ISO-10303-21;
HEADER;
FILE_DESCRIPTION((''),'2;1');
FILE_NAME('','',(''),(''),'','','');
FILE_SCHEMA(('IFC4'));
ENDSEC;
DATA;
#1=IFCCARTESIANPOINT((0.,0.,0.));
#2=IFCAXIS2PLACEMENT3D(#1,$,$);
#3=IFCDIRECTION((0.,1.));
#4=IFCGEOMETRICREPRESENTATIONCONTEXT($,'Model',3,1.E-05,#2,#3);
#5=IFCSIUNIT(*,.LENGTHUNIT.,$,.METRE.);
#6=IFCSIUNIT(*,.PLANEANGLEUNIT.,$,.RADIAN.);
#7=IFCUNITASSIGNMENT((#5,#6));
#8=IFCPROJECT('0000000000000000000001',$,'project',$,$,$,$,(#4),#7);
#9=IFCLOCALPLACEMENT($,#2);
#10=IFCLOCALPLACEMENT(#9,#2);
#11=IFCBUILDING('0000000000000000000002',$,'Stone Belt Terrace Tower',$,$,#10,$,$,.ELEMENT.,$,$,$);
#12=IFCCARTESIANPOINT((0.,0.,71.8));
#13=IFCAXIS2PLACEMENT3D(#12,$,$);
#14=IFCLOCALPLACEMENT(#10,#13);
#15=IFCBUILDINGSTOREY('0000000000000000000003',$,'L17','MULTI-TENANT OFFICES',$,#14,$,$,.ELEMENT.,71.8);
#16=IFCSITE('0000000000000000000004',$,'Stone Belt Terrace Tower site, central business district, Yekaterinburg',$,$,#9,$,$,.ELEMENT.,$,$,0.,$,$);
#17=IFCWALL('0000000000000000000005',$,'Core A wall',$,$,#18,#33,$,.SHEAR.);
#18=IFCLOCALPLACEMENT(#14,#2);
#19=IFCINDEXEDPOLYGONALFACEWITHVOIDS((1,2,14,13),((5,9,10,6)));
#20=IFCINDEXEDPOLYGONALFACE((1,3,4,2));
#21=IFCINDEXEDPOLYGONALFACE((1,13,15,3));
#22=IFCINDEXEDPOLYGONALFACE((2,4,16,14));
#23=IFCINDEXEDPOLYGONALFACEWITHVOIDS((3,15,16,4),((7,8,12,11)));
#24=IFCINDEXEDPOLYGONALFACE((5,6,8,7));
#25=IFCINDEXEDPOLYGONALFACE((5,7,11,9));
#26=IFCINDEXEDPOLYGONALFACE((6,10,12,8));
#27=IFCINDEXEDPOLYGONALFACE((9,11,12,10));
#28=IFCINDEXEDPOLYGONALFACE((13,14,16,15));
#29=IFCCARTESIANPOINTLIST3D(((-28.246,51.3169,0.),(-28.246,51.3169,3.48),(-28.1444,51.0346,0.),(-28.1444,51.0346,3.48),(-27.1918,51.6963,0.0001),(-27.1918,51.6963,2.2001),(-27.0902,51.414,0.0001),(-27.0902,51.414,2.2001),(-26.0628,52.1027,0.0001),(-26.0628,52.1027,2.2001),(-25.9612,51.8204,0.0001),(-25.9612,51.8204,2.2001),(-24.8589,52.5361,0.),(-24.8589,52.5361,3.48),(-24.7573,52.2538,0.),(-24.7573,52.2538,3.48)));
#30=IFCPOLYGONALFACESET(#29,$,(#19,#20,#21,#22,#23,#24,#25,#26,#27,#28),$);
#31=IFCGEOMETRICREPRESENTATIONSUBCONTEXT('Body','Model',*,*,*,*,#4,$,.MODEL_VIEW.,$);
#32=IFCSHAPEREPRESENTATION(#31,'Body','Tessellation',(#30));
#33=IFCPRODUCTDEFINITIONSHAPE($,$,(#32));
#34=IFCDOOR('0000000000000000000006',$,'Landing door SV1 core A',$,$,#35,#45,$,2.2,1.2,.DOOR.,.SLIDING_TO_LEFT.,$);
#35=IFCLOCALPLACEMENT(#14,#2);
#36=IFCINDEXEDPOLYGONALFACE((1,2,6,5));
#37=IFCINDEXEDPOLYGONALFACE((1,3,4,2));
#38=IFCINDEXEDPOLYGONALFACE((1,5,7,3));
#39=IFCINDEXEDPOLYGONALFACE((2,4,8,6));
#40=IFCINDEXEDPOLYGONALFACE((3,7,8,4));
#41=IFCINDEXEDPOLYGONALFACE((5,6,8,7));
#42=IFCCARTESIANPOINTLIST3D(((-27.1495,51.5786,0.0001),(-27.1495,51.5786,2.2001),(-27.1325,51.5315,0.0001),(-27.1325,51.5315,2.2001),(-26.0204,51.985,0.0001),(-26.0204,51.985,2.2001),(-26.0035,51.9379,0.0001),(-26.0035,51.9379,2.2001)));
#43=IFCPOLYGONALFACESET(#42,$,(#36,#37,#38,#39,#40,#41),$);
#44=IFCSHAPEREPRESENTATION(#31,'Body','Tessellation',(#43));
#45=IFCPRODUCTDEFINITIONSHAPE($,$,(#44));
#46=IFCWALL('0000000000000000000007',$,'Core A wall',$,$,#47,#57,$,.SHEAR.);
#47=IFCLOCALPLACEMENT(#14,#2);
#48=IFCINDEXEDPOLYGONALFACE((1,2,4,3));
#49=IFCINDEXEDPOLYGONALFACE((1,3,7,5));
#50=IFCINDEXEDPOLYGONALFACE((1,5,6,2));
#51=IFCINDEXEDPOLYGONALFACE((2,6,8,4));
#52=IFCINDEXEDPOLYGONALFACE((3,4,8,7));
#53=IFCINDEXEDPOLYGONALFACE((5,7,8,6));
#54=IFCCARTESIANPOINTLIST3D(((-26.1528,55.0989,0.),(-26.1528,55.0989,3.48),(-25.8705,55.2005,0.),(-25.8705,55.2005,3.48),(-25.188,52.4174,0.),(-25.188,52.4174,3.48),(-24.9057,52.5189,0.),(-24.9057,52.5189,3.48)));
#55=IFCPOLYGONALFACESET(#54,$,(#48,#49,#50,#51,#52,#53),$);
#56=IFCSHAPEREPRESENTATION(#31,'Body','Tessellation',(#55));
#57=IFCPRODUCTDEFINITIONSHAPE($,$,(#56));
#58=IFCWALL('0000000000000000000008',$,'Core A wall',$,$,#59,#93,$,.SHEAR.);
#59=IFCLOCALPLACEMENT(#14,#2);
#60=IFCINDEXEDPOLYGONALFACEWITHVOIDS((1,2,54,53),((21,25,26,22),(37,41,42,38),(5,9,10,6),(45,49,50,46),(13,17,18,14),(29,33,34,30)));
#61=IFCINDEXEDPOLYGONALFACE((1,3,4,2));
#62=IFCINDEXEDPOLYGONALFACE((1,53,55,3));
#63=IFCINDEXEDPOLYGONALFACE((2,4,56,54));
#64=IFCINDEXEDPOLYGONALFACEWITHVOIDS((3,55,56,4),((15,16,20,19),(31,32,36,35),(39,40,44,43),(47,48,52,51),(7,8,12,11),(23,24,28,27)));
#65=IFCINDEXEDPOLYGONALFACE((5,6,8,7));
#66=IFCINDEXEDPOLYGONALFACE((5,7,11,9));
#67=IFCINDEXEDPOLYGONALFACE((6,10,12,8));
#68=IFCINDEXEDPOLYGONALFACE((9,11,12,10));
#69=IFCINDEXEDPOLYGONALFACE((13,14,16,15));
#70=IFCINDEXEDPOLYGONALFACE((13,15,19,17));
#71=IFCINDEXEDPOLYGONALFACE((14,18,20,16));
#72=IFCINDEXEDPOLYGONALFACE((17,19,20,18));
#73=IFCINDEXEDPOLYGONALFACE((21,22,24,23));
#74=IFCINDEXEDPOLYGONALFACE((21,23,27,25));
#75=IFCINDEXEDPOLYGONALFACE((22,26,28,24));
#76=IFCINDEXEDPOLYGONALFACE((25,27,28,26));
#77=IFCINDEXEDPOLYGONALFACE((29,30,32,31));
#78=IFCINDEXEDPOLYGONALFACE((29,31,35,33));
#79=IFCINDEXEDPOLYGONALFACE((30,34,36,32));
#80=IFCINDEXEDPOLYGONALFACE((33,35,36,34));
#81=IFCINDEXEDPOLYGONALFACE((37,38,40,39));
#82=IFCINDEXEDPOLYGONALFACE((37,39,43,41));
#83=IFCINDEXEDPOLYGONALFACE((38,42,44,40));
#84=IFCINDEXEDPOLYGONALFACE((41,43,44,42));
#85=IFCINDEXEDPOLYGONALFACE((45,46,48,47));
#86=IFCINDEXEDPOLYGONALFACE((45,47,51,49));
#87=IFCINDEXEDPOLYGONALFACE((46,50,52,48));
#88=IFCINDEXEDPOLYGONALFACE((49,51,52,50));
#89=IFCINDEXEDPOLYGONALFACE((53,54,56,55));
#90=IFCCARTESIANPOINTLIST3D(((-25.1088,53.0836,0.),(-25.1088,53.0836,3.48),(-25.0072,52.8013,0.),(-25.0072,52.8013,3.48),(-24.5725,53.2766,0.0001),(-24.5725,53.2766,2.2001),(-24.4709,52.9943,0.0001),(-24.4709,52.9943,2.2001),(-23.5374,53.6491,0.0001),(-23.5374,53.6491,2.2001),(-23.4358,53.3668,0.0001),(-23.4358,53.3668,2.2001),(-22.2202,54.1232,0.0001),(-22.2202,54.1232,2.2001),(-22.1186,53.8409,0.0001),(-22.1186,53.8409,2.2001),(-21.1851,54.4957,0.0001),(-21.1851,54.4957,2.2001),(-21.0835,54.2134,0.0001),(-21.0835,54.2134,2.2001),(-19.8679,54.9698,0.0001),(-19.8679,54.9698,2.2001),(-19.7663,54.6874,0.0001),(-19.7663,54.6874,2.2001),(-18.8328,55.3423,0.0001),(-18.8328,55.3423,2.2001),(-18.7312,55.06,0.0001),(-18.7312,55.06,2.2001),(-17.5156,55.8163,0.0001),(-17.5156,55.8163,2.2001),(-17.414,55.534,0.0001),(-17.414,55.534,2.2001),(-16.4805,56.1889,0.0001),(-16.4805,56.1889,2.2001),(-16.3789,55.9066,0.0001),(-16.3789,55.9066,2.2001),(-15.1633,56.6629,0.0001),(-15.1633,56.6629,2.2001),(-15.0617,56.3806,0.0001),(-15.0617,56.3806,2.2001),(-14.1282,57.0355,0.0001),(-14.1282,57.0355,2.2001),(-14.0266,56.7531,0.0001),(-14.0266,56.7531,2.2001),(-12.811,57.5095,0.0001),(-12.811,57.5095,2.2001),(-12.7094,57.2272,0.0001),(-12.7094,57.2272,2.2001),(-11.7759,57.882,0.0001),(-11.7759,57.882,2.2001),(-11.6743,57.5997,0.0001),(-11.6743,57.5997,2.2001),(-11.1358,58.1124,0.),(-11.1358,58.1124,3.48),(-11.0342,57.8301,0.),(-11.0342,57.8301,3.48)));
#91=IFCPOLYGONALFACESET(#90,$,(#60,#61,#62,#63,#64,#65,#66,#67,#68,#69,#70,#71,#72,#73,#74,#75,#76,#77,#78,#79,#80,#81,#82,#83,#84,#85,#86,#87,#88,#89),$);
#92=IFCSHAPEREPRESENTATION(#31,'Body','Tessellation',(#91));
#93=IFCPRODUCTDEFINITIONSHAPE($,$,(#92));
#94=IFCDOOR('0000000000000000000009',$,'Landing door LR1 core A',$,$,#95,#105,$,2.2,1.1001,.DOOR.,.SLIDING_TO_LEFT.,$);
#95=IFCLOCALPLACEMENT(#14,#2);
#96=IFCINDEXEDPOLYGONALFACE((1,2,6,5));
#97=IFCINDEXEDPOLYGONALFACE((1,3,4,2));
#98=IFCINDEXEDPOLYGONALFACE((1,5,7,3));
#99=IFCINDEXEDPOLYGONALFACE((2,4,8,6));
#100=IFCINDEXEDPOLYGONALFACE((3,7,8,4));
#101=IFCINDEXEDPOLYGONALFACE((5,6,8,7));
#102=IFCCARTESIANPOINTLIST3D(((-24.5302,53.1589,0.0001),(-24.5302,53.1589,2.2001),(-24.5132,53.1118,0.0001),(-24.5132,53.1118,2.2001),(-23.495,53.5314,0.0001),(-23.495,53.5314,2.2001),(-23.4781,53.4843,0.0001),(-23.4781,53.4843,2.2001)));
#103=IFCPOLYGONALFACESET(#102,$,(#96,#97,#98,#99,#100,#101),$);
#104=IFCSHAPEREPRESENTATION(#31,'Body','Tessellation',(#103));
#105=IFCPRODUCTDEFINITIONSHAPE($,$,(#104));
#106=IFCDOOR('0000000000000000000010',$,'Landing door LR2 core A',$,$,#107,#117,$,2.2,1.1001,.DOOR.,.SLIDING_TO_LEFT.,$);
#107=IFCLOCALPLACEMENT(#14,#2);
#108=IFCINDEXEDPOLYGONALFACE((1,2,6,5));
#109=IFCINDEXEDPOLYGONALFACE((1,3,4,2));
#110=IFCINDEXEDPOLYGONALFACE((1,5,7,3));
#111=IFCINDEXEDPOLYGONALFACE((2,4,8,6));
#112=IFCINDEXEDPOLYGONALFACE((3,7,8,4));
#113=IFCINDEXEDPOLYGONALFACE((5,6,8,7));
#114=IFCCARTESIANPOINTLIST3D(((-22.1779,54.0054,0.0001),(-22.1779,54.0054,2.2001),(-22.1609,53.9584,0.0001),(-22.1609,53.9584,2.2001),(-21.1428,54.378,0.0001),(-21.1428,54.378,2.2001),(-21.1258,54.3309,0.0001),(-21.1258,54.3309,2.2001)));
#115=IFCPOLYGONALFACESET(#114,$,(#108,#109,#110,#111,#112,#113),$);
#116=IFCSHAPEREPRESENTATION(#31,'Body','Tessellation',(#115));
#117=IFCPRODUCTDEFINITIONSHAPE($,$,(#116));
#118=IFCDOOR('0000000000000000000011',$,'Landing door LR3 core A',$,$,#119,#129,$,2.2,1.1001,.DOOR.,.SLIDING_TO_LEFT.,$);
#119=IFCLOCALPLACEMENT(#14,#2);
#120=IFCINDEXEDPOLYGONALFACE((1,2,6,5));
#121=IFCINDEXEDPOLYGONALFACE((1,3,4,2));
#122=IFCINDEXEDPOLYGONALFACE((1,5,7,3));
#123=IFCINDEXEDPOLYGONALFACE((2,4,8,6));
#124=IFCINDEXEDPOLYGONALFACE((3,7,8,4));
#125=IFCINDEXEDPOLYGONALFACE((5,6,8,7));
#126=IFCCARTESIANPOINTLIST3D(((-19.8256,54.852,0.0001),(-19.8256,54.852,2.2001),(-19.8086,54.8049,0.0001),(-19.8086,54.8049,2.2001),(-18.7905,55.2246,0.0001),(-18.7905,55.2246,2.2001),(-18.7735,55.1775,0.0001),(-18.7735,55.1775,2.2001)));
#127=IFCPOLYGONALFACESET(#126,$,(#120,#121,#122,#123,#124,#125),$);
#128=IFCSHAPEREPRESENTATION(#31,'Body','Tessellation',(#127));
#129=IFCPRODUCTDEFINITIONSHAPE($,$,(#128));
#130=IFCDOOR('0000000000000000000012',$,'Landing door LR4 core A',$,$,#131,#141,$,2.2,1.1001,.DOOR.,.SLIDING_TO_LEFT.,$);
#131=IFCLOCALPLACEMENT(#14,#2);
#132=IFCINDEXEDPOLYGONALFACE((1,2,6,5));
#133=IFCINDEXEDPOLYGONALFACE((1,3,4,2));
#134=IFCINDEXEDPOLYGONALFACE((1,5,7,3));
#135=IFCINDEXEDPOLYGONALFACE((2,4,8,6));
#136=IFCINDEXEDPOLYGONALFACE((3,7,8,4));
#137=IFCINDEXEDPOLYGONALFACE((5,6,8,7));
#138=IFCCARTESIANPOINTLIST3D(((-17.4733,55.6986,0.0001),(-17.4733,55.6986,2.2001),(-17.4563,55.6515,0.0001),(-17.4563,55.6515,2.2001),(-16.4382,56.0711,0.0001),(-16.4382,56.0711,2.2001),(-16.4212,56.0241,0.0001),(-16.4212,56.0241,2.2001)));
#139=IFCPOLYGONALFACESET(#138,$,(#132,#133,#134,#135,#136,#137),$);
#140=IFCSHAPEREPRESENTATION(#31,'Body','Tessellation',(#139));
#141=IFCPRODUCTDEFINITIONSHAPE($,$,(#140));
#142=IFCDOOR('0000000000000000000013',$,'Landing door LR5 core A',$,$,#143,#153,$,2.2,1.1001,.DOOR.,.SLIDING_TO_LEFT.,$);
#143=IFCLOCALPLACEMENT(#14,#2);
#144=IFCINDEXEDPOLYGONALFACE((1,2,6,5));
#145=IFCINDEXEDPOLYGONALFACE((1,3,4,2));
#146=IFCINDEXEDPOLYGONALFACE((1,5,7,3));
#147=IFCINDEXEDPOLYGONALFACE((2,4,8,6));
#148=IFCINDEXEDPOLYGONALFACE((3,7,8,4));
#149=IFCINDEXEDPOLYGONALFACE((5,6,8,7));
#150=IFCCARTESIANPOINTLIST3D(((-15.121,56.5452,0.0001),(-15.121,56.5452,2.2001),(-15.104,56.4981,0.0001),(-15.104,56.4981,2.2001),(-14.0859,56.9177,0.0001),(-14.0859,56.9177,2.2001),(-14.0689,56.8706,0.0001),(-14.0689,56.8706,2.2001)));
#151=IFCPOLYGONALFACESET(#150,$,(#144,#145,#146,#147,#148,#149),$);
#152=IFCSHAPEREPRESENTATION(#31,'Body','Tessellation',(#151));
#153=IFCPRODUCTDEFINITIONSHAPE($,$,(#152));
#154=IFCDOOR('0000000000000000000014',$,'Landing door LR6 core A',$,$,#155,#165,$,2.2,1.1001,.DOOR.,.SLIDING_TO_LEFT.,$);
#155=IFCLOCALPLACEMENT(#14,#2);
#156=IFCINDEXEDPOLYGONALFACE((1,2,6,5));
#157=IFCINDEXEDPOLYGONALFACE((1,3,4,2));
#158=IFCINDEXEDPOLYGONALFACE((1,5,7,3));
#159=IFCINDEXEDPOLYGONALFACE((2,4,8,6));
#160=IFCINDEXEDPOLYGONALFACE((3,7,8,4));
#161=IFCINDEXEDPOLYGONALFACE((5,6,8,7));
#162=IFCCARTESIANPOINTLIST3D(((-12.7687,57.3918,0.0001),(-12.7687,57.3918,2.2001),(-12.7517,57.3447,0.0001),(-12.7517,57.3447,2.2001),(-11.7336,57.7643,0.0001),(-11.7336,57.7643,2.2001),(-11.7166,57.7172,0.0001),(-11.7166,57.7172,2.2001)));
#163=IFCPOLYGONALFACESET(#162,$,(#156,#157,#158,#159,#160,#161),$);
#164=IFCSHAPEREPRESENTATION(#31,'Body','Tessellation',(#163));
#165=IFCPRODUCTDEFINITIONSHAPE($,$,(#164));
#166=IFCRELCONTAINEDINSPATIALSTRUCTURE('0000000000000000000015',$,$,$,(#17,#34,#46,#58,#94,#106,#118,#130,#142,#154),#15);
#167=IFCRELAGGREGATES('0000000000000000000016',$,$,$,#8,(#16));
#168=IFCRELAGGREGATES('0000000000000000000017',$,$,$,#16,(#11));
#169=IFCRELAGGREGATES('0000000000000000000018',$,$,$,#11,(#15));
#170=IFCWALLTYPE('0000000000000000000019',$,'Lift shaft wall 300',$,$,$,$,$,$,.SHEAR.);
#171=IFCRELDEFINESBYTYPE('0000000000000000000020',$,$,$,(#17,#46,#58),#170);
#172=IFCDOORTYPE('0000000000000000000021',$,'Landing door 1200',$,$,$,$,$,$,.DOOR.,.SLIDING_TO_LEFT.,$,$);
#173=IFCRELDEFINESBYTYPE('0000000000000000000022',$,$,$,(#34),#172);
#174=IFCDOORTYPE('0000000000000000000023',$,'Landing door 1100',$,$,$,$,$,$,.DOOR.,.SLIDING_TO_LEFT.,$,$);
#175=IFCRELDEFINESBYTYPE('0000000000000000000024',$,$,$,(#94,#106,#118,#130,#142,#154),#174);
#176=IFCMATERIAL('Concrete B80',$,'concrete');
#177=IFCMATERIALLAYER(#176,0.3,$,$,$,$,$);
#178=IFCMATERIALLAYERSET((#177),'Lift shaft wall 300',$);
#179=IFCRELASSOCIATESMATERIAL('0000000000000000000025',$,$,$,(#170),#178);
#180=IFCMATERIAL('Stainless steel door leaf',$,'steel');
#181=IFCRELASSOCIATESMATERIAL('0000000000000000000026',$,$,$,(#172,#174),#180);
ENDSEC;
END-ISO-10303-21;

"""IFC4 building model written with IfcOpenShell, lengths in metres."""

from ifc_helpers import new_model, si_unit, direction, frame, frame_2d, origin, place, context, subcontext, project, spatial, rectangle, extrude, material, layer, layer_set, type_object, element, fill, save


model = new_model("IFC4")

# Units and contexts
model_context = context("Model", 3, precision=1e-05, world=origin(), true_north=direction((0.0, 1.0)))
body_context = subcontext(model_context, "Body", "Model", "MODEL_VIEW")
ifc_project = project(units=[si_unit("LENGTHUNIT", "METRE"), si_unit("PLANEANGLEUNIT", "RADIAN")], contexts=[model_context])

# Site, building, storey
site_placement = place(None, origin())
site = spatial("IfcSite", under=ifc_project, at=site_placement, Name="Stone Belt Terrace Tower site, central business district, Yekaterinburg", CompositionType="ELEMENT", RefElevation=0.0)
building_placement = place(site_placement, origin())
building = spatial("IfcBuilding", under=site, at=building_placement, Name="Stone Belt Terrace Tower", CompositionType="ELEMENT")
storey_placement = place(building_placement, frame((0.0, 0.0, 71.8)))
storey = spatial("IfcBuildingStorey", under=building, at=storey_placement, Name="L17", Description="MULTI-TENANT OFFICES", CompositionType="ELEMENT", Elevation=71.8)

# Shared definitions
ifc_material_1 = material(Name="Concrete B80", Category="concrete")

# Wall, opening, door
ifc_layer_1 = layer(ifc_material_1, 0.3)
ifc_layer_set_1 = layer_set([ifc_layer_1], Name="Lift shaft wall 300")
wall_type_1 = type_object("IfcWallType", Name="Lift shaft wall 300", PredefinedType="SHEAR", material=ifc_layer_set_1)
wall_1_placement = place(storey_placement, frame((-28.1951, 51.1758, 0.0), z_axis=(0.0, 0.0, 1.0), x_axis=(0.940901, 0.338681, 0.0)))
wall_1 = element("IfcWall", 1, at=wall_1_placement, inside=storey, type_object=wall_type_1, Name="Core A wall", PredefinedType="SHEAR", context=body_context, shape_type="SweptSolid", body=[
    extrude(rectangle(XDim=3.5999, YDim=0.3, at=frame_2d((1.7998, 0.0))), origin(), (0.0, 0.0, 1.0), 3.48),
])
opening_1_placement = place(wall_1_placement, frame((1.1201, 0.0, 0.0)))
opening_1 = element("IfcOpeningElement", 2, at=opening_1_placement, cuts=wall_1, PredefinedType="OPENING", context=body_context, shape_type="SweptSolid", body=[
    extrude(rectangle(XDim=1.2, YDim=2.2, at=frame_2d((0.6001, 1.1001))), frame((0.0, 0.1599, 0.0), z_axis=(0.0, -1.0, 0.0), x_axis=(1.0, 0.0, 0.0)), (0.0, 0.0, 1.0), 0.3201),
])
ifc_material_2 = material(Name="Stainless steel door leaf", Category="steel")
door_type_1 = type_object("IfcDoorType", Name="Landing door 1200", OperationType="SLIDING_TO_LEFT", PredefinedType="DOOR", material=ifc_material_2)
door_1_placement = place(opening_1_placement, origin())
door_1 = element("IfcDoor", 3, at=door_1_placement, inside=storey, type_object=door_type_1, Name="Landing door SV1 core A", OperationType="SLIDING_TO_LEFT", OverallHeight=2.2, OverallWidth=1.2, PredefinedType="DOOR", context=body_context, shape_type="SweptSolid", body=[
    extrude(rectangle(XDim=1.2, YDim=2.2, at=frame_2d((0.6001, 1.1001))), frame((0.0, 0.0249, 0.0), z_axis=(0.0, -1.0, 0.0), x_axis=(1.0, 0.0, 0.0)), (0.0, 0.0, 1.0), 0.05),
])
fill(opening_1, door_1)

# Wall
wall_2_placement = place(storey_placement, frame((-25.0469, 52.4683, 0.0), z_axis=(0.0, 0.0, 1.0), x_axis=(-0.33855, 0.940949, 0.0)))
element("IfcWall", 4, at=wall_2_placement, inside=storey, type_object=wall_type_1, Name="Core A wall", PredefinedType="SHEAR", context=body_context, shape_type="SweptSolid", body=[
    extrude(rectangle(XDim=2.8499, YDim=0.3, at=frame_2d((1.4248, 0.0))), origin(), (0.0, 0.0, 1.0), 3.48),
])

# Wall, openings, doors
wall_3_placement = place(storey_placement, frame((-25.0581, 52.9424, 0.0), z_axis=(0.0, 0.0, 1.0), x_axis=(0.940918, 0.338634, 0.0)))
wall_3 = element("IfcWall", 5, at=wall_3_placement, inside=storey, type_object=wall_type_1, Name="Core A wall", PredefinedType="SHEAR", context=body_context, shape_type="SweptSolid", body=[
    extrude(rectangle(XDim=14.8503, YDim=0.3, at=frame_2d((7.4253, 0.0))), origin(), (0.0, 0.0, 1.0), 3.48),
])
opening_2_placement = place(wall_3_placement, frame((0.5701, 0.0, 0.0)))
opening_2 = element("IfcOpeningElement", 6, at=opening_2_placement, cuts=wall_3, PredefinedType="OPENING", context=body_context, shape_type="SweptSolid", body=[
    extrude(rectangle(XDim=1.1001, YDim=2.2, at=frame_2d((0.55, 1.1001))), frame((0.0, 0.1599, 0.0), z_axis=(0.0, -1.0, 0.0), x_axis=(1.0, 0.0, 0.0)), (0.0, 0.0, 1.0), 0.3201),
])
opening_3_placement = place(wall_3_placement, frame((3.0701, 0.0, 0.0)))
opening_3 = element("IfcOpeningElement", 7, at=opening_3_placement, cuts=wall_3, PredefinedType="OPENING", context=body_context, shape_type="SweptSolid", body=[
    extrude(rectangle(XDim=1.1001, YDim=2.2, at=frame_2d((0.55, 1.1001))), frame((0.0, 0.1599, 0.0), z_axis=(0.0, -1.0, 0.0), x_axis=(1.0, 0.0, 0.0)), (0.0, 0.0, 1.0), 0.3201),
])
opening_4_placement = place(wall_3_placement, frame((5.5701, 0.0, 0.0)))
opening_4 = element("IfcOpeningElement", 8, at=opening_4_placement, cuts=wall_3, PredefinedType="OPENING", context=body_context, shape_type="SweptSolid", body=[
    extrude(rectangle(XDim=1.1001, YDim=2.2, at=frame_2d((0.55, 1.1001))), frame((0.0, 0.1599, 0.0), z_axis=(0.0, -1.0, 0.0), x_axis=(1.0, 0.0, 0.0)), (0.0, 0.0, 1.0), 0.3201),
])
opening_5_placement = place(wall_3_placement, frame((8.0701, 0.0, 0.0)))
opening_5 = element("IfcOpeningElement", 9, at=opening_5_placement, cuts=wall_3, PredefinedType="OPENING", context=body_context, shape_type="SweptSolid", body=[
    extrude(rectangle(XDim=1.1001, YDim=2.2, at=frame_2d((0.55, 1.1001))), frame((0.0, 0.1599, 0.0), z_axis=(0.0, -1.0, 0.0), x_axis=(1.0, 0.0, 0.0)), (0.0, 0.0, 1.0), 0.3201),
])
opening_6_placement = place(wall_3_placement, frame((10.5701, 0.0, 0.0)))
opening_6 = element("IfcOpeningElement", 10, at=opening_6_placement, cuts=wall_3, PredefinedType="OPENING", context=body_context, shape_type="SweptSolid", body=[
    extrude(rectangle(XDim=1.1001, YDim=2.2, at=frame_2d((0.55, 1.1001))), frame((0.0, 0.1599, 0.0), z_axis=(0.0, -1.0, 0.0), x_axis=(1.0, 0.0, 0.0)), (0.0, 0.0, 1.0), 0.3201),
])
opening_7_placement = place(wall_3_placement, frame((13.0701, 0.0, 0.0)))
opening_7 = element("IfcOpeningElement", 11, at=opening_7_placement, cuts=wall_3, PredefinedType="OPENING", context=body_context, shape_type="SweptSolid", body=[
    extrude(rectangle(XDim=1.1001, YDim=2.2, at=frame_2d((0.55, 1.1001))), frame((0.0, 0.1599, 0.0), z_axis=(0.0, -1.0, 0.0), x_axis=(1.0, 0.0, 0.0)), (0.0, 0.0, 1.0), 0.3201),
])
door_type_2 = type_object("IfcDoorType", Name="Landing door 1100", OperationType="SLIDING_TO_LEFT", PredefinedType="DOOR", material=ifc_material_2)
door_2_placement = place(opening_2_placement, origin())
door_2 = element("IfcDoor", 12, at=door_2_placement, inside=storey, type_object=door_type_2, Name="Landing door LR1 core A", OperationType="SLIDING_TO_LEFT", OverallHeight=2.2, OverallWidth=1.1001, PredefinedType="DOOR", context=body_context, shape_type="SweptSolid", body=[
    extrude(rectangle(XDim=1.1001, YDim=2.2, at=frame_2d((0.55, 1.1001))), frame((0.0, 0.0249, 0.0), z_axis=(0.0, -1.0, 0.0), x_axis=(1.0, 0.0, 0.0)), (0.0, 0.0, 1.0), 0.05),
])
fill(opening_2, door_2)
door_3_placement = place(opening_3_placement, origin())
door_3 = element("IfcDoor", 13, at=door_3_placement, inside=storey, type_object=door_type_2, Name="Landing door LR2 core A", OperationType="SLIDING_TO_LEFT", OverallHeight=2.2, OverallWidth=1.1001, PredefinedType="DOOR", context=body_context, shape_type="SweptSolid", body=[
    extrude(rectangle(XDim=1.1001, YDim=2.2, at=frame_2d((0.55, 1.1001))), frame((0.0, 0.0249, 0.0), z_axis=(0.0, -1.0, 0.0), x_axis=(1.0, 0.0, 0.0)), (0.0, 0.0, 1.0), 0.05),
])
fill(opening_3, door_3)
door_4_placement = place(opening_4_placement, origin())
door_4 = element("IfcDoor", 14, at=door_4_placement, inside=storey, type_object=door_type_2, Name="Landing door LR3 core A", OperationType="SLIDING_TO_LEFT", OverallHeight=2.2, OverallWidth=1.1001, PredefinedType="DOOR", context=body_context, shape_type="SweptSolid", body=[
    extrude(rectangle(XDim=1.1001, YDim=2.2, at=frame_2d((0.55, 1.1001))), frame((0.0, 0.0249, 0.0), z_axis=(0.0, -1.0, 0.0), x_axis=(1.0, 0.0, 0.0)), (0.0, 0.0, 1.0), 0.05),
])
fill(opening_4, door_4)
door_5_placement = place(opening_5_placement, origin())
door_5 = element("IfcDoor", 15, at=door_5_placement, inside=storey, type_object=door_type_2, Name="Landing door LR4 core A", OperationType="SLIDING_TO_LEFT", OverallHeight=2.2, OverallWidth=1.1001, PredefinedType="DOOR", context=body_context, shape_type="SweptSolid", body=[
    extrude(rectangle(XDim=1.1001, YDim=2.2, at=frame_2d((0.55, 1.1001))), frame((0.0, 0.0249, 0.0), z_axis=(0.0, -1.0, 0.0), x_axis=(1.0, 0.0, 0.0)), (0.0, 0.0, 1.0), 0.05),
])
fill(opening_5, door_5)
door_6_placement = place(opening_6_placement, origin())
door_6 = element("IfcDoor", 16, at=door_6_placement, inside=storey, type_object=door_type_2, Name="Landing door LR5 core A", OperationType="SLIDING_TO_LEFT", OverallHeight=2.2, OverallWidth=1.1001, PredefinedType="DOOR", context=body_context, shape_type="SweptSolid", body=[
    extrude(rectangle(XDim=1.1001, YDim=2.2, at=frame_2d((0.55, 1.1001))), frame((0.0, 0.0249, 0.0), z_axis=(0.0, -1.0, 0.0), x_axis=(1.0, 0.0, 0.0)), (0.0, 0.0, 1.0), 0.05),
])
fill(opening_6, door_6)
door_7_placement = place(opening_7_placement, origin())
door_7 = element("IfcDoor", 17, at=door_7_placement, inside=storey, type_object=door_type_2, Name="Landing door LR6 core A", OperationType="SLIDING_TO_LEFT", OverallHeight=2.2, OverallWidth=1.1001, PredefinedType="DOOR", context=body_context, shape_type="SweptSolid", body=[
    extrude(rectangle(XDim=1.1001, YDim=2.2, at=frame_2d((0.55, 1.1001))), frame((0.0, 0.0249, 0.0), z_axis=(0.0, -1.0, 0.0), x_axis=(1.0, 0.0, 0.0)), (0.0, 0.0, 1.0), 0.05),
])
fill(opening_7, door_7)

save(model, "model.ifc")
